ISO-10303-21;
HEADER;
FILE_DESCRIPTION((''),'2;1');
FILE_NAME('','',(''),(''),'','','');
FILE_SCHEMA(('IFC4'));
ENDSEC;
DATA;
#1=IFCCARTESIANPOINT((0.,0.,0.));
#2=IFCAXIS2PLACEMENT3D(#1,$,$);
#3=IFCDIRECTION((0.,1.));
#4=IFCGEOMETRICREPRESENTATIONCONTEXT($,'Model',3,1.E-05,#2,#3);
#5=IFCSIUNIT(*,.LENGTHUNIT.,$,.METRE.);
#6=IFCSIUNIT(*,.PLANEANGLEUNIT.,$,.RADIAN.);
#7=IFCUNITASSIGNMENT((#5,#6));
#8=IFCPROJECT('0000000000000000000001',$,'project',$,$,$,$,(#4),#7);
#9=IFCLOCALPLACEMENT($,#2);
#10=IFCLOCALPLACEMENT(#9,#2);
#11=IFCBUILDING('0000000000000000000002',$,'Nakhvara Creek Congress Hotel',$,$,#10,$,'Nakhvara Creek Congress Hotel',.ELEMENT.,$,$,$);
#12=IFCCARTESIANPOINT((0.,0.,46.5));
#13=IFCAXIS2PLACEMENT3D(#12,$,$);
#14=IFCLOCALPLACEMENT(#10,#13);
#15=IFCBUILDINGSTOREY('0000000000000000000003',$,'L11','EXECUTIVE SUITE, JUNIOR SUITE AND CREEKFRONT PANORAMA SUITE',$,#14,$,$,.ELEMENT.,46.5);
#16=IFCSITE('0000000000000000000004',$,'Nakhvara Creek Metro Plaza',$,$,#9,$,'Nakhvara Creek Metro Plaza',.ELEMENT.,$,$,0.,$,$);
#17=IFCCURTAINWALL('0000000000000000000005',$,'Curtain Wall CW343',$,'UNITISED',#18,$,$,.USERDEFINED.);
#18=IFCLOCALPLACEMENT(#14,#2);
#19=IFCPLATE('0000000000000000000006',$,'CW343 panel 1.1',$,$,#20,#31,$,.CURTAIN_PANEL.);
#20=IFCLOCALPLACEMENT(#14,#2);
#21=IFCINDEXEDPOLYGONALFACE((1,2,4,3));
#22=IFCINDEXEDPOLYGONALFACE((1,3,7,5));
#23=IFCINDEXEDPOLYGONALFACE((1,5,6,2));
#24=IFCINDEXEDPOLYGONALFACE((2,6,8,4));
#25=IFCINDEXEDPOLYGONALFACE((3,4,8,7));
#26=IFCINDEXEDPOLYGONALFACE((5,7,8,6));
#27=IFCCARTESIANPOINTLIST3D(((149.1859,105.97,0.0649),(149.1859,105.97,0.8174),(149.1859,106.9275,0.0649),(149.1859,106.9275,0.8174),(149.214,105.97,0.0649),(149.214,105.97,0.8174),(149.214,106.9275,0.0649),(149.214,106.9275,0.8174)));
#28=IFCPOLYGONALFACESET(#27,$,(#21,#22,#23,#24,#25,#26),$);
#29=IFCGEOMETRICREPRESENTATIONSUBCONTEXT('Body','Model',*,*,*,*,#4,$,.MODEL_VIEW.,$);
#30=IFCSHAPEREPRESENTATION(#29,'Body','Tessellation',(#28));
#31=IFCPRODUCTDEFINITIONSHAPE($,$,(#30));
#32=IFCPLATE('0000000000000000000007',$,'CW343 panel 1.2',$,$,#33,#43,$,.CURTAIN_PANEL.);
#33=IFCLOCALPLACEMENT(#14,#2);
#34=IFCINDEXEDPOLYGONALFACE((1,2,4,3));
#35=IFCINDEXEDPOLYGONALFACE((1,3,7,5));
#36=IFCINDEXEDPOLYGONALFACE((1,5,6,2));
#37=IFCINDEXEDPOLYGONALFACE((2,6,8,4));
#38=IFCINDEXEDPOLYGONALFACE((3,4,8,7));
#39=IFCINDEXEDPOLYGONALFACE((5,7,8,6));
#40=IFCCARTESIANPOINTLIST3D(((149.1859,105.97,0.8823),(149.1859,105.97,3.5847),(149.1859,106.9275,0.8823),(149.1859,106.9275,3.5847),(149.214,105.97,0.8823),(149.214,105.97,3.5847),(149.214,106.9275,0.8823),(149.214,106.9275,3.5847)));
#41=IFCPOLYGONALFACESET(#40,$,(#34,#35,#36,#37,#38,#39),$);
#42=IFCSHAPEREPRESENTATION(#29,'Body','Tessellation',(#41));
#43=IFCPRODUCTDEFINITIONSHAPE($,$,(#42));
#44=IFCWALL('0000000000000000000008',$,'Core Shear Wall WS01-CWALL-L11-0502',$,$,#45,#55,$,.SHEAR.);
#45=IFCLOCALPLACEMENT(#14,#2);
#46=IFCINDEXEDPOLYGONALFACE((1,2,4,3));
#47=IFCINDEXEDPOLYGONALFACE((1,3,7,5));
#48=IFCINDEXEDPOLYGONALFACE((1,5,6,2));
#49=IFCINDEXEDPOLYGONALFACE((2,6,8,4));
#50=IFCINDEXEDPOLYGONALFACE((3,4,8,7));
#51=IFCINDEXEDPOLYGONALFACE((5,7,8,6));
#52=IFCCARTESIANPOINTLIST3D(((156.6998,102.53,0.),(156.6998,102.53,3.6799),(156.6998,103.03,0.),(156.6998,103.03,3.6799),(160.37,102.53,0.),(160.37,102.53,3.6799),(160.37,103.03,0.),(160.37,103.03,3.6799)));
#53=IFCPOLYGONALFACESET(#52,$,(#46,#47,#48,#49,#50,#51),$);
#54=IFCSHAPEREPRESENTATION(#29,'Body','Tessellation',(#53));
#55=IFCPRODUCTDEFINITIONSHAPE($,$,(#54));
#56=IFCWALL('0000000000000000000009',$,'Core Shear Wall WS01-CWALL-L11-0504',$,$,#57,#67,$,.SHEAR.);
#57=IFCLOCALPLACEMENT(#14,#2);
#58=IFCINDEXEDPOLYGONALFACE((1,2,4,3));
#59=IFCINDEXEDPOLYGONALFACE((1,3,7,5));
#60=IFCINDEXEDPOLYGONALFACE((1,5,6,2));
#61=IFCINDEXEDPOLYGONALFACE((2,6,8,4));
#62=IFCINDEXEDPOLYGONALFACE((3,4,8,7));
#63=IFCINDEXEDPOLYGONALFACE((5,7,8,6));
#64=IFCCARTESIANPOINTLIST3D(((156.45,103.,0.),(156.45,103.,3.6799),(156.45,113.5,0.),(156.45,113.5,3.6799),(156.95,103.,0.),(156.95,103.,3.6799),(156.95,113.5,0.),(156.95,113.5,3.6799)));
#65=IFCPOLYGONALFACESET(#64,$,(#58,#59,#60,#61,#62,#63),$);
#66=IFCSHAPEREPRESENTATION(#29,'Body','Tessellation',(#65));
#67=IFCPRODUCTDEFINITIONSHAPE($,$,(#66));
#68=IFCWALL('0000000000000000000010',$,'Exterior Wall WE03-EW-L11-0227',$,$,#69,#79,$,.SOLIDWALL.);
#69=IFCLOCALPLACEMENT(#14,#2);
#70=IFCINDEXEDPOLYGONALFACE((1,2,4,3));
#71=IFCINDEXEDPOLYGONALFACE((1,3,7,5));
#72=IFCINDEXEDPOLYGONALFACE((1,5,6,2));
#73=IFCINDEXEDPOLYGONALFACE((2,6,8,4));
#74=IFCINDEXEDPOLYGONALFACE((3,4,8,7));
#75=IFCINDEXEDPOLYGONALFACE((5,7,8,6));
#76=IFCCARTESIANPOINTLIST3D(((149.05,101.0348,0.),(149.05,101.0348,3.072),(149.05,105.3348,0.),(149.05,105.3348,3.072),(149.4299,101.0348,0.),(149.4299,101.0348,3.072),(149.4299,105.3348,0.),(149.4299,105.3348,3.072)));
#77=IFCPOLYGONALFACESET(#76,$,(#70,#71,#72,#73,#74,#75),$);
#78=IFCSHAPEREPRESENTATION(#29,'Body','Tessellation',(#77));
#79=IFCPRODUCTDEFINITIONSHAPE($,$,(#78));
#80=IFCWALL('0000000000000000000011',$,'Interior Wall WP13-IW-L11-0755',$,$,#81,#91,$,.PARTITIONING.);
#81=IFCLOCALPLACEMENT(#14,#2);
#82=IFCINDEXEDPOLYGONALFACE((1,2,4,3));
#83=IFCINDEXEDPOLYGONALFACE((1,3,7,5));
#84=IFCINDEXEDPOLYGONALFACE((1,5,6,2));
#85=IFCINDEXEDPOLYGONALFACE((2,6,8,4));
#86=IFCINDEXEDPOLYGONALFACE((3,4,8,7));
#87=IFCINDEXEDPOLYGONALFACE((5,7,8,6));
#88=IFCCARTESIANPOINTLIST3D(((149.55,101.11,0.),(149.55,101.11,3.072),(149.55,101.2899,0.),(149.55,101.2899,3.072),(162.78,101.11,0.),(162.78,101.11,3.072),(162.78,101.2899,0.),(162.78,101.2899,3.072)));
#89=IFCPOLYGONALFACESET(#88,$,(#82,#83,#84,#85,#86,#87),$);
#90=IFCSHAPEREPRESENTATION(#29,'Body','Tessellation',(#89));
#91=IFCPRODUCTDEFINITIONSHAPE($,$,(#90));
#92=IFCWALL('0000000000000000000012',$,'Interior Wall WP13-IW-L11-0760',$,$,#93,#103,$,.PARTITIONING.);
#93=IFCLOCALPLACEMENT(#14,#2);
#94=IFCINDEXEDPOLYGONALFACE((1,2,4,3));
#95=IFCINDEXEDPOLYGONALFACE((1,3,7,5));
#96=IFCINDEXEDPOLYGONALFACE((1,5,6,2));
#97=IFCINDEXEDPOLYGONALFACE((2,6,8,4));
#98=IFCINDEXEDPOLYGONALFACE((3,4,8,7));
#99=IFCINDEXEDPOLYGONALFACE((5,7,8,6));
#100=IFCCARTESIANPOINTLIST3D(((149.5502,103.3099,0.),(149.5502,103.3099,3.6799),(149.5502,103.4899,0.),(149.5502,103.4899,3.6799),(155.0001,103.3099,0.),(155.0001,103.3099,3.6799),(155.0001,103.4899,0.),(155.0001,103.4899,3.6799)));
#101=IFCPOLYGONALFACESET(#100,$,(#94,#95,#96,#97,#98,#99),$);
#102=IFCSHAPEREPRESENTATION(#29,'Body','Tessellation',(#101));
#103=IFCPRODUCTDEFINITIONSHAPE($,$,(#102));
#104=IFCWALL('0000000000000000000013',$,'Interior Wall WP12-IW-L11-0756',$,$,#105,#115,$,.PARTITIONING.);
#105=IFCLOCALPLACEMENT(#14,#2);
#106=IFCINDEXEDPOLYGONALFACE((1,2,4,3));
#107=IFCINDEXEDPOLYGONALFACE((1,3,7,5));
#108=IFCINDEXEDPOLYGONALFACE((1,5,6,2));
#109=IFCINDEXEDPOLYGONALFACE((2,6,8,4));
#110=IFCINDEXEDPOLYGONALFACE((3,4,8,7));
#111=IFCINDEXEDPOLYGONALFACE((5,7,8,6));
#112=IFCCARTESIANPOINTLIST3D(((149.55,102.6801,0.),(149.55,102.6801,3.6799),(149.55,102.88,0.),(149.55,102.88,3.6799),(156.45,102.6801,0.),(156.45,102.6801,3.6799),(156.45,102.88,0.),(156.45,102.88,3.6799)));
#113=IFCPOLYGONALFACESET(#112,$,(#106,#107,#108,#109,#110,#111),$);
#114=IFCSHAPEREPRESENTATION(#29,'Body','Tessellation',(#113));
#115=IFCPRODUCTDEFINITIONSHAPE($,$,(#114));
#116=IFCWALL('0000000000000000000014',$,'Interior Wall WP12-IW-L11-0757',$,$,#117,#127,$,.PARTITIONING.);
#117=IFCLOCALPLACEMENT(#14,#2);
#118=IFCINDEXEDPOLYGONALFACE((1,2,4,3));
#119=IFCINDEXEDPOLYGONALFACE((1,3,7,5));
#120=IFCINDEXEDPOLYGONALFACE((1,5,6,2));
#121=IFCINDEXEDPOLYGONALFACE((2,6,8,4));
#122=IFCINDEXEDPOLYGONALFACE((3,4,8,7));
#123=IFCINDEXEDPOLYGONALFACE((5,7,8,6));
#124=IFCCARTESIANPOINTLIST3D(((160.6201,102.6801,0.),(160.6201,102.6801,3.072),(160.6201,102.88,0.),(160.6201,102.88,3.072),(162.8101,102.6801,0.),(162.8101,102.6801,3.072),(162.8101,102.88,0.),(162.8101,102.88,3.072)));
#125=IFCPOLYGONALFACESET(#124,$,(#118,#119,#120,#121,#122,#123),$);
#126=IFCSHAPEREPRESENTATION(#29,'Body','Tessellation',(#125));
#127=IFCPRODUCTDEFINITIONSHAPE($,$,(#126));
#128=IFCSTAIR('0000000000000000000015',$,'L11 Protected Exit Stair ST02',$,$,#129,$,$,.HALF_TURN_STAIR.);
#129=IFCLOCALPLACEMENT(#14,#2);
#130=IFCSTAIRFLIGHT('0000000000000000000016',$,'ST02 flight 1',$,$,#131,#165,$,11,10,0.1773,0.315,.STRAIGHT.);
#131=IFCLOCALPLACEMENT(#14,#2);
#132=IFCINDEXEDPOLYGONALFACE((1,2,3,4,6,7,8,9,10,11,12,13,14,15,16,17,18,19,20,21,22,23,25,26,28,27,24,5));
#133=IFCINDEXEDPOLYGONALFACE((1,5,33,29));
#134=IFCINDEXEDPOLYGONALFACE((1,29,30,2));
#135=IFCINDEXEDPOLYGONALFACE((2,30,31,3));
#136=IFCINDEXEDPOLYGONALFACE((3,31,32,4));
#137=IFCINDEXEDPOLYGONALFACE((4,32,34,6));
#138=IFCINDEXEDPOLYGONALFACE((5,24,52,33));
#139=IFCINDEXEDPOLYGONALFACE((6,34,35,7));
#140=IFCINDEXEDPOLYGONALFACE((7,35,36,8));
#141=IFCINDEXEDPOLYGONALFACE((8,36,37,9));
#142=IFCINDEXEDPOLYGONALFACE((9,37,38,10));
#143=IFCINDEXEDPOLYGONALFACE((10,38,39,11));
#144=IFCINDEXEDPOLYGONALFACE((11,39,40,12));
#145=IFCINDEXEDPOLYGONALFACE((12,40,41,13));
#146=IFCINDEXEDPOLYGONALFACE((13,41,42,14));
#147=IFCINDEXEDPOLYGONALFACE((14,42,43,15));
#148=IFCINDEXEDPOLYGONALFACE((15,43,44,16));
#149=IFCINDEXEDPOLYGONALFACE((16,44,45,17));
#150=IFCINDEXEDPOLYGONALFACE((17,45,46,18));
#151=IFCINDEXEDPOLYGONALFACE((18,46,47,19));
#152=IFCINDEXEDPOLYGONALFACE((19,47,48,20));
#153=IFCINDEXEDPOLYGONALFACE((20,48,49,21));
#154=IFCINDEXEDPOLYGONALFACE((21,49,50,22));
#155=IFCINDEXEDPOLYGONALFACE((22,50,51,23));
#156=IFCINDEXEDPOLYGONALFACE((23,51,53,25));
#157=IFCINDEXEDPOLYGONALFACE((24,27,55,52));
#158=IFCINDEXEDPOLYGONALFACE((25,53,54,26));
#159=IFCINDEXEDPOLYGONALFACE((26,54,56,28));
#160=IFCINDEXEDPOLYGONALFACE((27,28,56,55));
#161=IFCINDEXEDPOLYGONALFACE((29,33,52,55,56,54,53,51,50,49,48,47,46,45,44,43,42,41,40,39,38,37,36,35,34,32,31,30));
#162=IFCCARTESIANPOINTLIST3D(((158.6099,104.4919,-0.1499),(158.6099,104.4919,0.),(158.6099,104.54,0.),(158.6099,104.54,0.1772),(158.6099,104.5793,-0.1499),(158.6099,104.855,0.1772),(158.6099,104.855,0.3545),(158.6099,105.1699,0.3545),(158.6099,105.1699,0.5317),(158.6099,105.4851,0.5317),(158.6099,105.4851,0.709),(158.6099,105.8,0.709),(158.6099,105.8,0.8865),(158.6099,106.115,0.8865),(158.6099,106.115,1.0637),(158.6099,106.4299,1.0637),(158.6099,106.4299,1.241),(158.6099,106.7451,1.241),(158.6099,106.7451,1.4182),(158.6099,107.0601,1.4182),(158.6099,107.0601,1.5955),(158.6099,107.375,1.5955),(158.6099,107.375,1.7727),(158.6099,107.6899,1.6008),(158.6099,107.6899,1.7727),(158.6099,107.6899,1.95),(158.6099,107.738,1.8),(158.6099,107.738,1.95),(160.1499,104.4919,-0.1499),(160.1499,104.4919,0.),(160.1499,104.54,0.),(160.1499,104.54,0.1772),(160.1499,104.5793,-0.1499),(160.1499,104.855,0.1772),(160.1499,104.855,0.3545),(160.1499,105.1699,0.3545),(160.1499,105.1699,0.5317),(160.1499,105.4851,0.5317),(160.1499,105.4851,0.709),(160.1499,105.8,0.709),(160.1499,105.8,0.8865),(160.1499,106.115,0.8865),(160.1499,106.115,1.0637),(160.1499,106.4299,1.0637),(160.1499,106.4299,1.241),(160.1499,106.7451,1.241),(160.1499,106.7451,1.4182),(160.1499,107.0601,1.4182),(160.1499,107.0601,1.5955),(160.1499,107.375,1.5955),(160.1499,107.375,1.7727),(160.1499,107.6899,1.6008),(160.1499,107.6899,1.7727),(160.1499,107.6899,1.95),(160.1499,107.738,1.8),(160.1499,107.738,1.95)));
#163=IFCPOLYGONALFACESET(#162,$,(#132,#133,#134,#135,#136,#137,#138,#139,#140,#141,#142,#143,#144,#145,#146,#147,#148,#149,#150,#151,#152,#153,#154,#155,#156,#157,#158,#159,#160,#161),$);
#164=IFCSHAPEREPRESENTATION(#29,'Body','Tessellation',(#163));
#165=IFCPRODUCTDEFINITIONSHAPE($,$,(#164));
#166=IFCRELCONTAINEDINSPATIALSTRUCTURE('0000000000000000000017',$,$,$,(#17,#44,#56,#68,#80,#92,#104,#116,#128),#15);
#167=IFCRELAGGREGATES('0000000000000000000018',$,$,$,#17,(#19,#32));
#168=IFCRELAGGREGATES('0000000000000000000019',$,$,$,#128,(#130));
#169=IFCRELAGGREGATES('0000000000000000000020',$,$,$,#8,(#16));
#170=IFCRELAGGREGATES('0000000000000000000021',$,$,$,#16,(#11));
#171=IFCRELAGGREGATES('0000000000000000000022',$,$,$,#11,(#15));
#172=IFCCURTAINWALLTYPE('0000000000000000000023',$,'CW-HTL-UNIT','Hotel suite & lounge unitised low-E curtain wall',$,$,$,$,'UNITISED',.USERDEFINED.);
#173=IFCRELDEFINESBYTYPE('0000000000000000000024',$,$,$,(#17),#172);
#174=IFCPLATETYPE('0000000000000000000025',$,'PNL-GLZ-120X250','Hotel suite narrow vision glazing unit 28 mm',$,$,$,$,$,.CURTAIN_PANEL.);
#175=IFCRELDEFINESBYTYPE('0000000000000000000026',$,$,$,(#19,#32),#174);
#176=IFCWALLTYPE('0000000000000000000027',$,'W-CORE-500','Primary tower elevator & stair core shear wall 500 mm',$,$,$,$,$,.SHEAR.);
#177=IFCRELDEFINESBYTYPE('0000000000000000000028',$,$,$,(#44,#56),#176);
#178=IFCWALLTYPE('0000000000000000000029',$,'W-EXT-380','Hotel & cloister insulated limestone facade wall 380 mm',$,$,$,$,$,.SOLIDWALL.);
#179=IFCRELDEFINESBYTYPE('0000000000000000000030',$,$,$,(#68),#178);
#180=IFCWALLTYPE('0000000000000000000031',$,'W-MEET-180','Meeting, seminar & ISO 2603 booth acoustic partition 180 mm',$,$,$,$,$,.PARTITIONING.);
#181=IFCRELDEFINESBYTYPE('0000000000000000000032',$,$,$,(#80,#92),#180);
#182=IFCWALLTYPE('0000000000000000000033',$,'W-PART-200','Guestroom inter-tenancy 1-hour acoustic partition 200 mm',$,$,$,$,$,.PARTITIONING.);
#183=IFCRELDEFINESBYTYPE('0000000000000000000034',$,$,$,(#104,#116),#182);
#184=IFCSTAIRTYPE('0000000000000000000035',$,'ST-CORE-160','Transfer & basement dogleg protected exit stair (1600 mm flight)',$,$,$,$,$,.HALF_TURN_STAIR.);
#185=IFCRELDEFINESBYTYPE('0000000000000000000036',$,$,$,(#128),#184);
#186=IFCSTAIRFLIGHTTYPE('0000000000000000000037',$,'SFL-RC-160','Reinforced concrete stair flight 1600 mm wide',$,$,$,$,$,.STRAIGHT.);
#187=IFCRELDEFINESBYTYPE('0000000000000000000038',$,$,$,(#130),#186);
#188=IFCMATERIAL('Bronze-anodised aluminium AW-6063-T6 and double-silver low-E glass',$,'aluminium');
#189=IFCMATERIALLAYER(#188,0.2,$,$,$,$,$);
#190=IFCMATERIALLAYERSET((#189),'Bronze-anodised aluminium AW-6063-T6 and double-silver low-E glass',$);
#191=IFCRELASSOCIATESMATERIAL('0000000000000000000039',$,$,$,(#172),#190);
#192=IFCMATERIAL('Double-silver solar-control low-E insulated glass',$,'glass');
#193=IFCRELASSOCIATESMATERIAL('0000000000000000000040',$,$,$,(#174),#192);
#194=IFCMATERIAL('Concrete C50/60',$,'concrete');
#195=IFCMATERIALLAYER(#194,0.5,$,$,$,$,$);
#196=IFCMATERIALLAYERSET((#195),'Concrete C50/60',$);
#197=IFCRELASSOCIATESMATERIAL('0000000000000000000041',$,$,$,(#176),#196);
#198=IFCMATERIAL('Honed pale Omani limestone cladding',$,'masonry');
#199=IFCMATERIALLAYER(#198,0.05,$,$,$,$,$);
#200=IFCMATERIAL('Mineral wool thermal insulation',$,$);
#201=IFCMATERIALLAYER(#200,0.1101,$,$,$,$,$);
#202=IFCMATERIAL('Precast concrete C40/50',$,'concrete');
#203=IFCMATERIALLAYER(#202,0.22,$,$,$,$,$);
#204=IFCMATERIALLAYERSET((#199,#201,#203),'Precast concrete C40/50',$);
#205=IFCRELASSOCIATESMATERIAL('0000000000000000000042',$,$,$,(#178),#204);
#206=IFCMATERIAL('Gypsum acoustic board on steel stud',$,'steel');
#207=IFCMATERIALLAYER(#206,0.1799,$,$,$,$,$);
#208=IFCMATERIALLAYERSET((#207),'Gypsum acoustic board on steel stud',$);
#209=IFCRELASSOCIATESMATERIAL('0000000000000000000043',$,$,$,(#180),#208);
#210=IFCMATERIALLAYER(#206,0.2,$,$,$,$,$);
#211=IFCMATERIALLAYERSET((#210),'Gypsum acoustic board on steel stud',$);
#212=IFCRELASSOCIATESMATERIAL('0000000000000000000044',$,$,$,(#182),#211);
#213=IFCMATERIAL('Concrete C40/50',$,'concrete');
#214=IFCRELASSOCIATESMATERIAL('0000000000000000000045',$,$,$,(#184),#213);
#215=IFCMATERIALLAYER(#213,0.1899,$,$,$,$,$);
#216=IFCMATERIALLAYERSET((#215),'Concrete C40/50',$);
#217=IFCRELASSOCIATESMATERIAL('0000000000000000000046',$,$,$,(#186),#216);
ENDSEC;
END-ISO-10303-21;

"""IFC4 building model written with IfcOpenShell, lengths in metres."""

from ifc_helpers import new_model, si_unit, direction, frame, frame_2d, origin, origin_2d, place, context, subcontext, project, spatial, polyline, rectangle, outline, extrude, material, layer, layer_set, type_object, element, aggregate, save


model = new_model("IFC4")

# Units and contexts
model_context = context("Model", 3, precision=1e-05, world=origin(), true_north=direction((0.0, 1.0)))
body_context = subcontext(model_context, "Body", "Model", "MODEL_VIEW")
ifc_project = project(units=[si_unit("LENGTHUNIT", "METRE"), si_unit("PLANEANGLEUNIT", "RADIAN")], contexts=[model_context])

# Site, building, storey
site_placement = place(None, origin())
site = spatial("IfcSite", under=ifc_project, at=site_placement, Name="Nakhvara Creek Metro Plaza", LongName="Nakhvara Creek Metro Plaza", CompositionType="ELEMENT", RefElevation=0.0)
building_placement = place(site_placement, origin())
building = spatial("IfcBuilding", under=site, at=building_placement, Name="Nakhvara Creek Congress Hotel", LongName="Nakhvara Creek Congress Hotel", CompositionType="ELEMENT")
storey_placement = place(building_placement, frame((0.0, 0.0, 46.5)))
storey = spatial("IfcBuildingStorey", under=building, at=storey_placement, Name="L11", Description="EXECUTIVE SUITE, JUNIOR SUITE AND CREEKFRONT PANORAMA SUITE", CompositionType="ELEMENT", Elevation=46.5)

# Shared definitions
ifc_material_1 = material(Name="Concrete C50/60", Category="concrete")

# Shared definitions
ifc_material_2 = material(Name="Concrete C40/50", Category="concrete")

# Curtain wall
ifc_material_3 = material(Name="Bronze-anodised aluminium AW-6063-T6 and double-silver low-E glass", Category="aluminium")
ifc_layer_1 = layer(ifc_material_3, 0.2)
ifc_layer_set_1 = layer_set([ifc_layer_1], Name="Bronze-anodised aluminium AW-6063-T6 and double-silver low-E glass")
curtain_wall_type = type_object("IfcCurtainWallType", Name="CW-HTL-UNIT", Description="Hotel suite & lounge unitised low-E curtain wall", ElementType="UNITISED", PredefinedType="USERDEFINED", material=ifc_layer_set_1)
curtain_wall_1_placement = place(storey_placement, origin())
curtain_wall_1 = element("IfcCurtainWall", 1, at=curtain_wall_1_placement, inside=storey, type_object=curtain_wall_type, Name="Curtain Wall CW343", ObjectType="UNITISED", PredefinedType="USERDEFINED")

# Plates
ifc_material_4 = material(Name="Double-silver solar-control low-E insulated glass", Category="glass")
plate_type = type_object("IfcPlateType", Name="PNL-GLZ-120X250", Description="Hotel suite narrow vision glazing unit 28 mm", PredefinedType="CURTAIN_PANEL", material=ifc_material_4)
plate_1_placement = place(storey_placement, frame((149.2, 106.4487, 0.0649), z_axis=(0.0, 0.0, 1.0), x_axis=(0.0, 1.0, 0.0)))
plate_1 = element("IfcPlate", 2, at=plate_1_placement, type_object=plate_type, Name="CW343 panel 1.1", PredefinedType="CURTAIN_PANEL", context=body_context, shape_type="SweptSolid", body=[
    extrude(rectangle(XDim=0.9575, YDim=0.0281, at=origin_2d()), origin(), (0.0, 0.0, 1.0), 0.7524),
])
plate_2_placement = place(storey_placement, frame((149.2, 106.4487, 0.8823), z_axis=(0.0, 0.0, 1.0), x_axis=(0.0, 1.0, 0.0)))
plate_2 = element("IfcPlate", 3, at=plate_2_placement, type_object=plate_type, Name="CW343 panel 1.2", PredefinedType="CURTAIN_PANEL", context=body_context, shape_type="SweptSolid", body=[
    extrude(rectangle(XDim=0.9575, YDim=0.0281, at=origin_2d()), origin(), (0.0, 0.0, 1.0), 2.7024),
])
aggregate(curtain_wall_1, [plate_1, plate_2])

# Walls
ifc_layer_2 = layer(ifc_material_1, 0.5)
ifc_layer_set_2 = layer_set([ifc_layer_2], Name="Concrete C50/60")
wall_type_1 = type_object("IfcWallType", Name="W-CORE-500", Description="Primary tower elevator & stair core shear wall 500 mm", PredefinedType="SHEAR", material=ifc_layer_set_2)
wall_1_placement = place(storey_placement, frame((156.7, 102.78, 0.0), z_axis=(0.0, 0.0, 1.0), x_axis=(1.0, 0.0, 0.0)))
element("IfcWall", 4, at=wall_1_placement, inside=storey, type_object=wall_type_1, Name="Core Shear Wall WS01-CWALL-L11-0502", PredefinedType="SHEAR", context=body_context, shape_type="SweptSolid", body=[
    extrude(rectangle(XDim=3.6702, YDim=0.5, at=frame_2d((1.835, 0.0))), origin(), (0.0, 0.0, 1.0), 3.6799),
])
wall_2_placement = place(storey_placement, frame((156.7, 103.0, 0.0), z_axis=(0.0, 0.0, 1.0), x_axis=(0.0, 1.0, 0.0)))
element("IfcWall", 5, at=wall_2_placement, inside=storey, type_object=wall_type_1, Name="Core Shear Wall WS01-CWALL-L11-0504", PredefinedType="SHEAR", context=body_context, shape_type="SweptSolid", body=[
    extrude(rectangle(XDim=10.5, YDim=0.5, at=frame_2d((5.25, 0.0))), origin(), (0.0, 0.0, 1.0), 3.6799),
])

# Walls
ifc_material_5 = material(Name="Honed pale Omani limestone cladding", Category="masonry")
ifc_layer_3 = layer(ifc_material_5, 0.05)
ifc_material_6 = material(Name="Mineral wool thermal insulation")
ifc_layer_4 = layer(ifc_material_6, 0.1101)
ifc_material_7 = material(Name="Precast concrete C40/50", Category="concrete")
ifc_layer_5 = layer(ifc_material_7, 0.22)
ifc_layer_set_3 = layer_set([ifc_layer_3, ifc_layer_4, ifc_layer_5], Name="Precast concrete C40/50")
wall_type_2 = type_object("IfcWallType", Name="W-EXT-380", Description="Hotel & cloister insulated limestone facade wall 380 mm", PredefinedType="SOLIDWALL", material=ifc_layer_set_3)
wall_3_placement = place(storey_placement, frame((149.24, 101.0349, 0.0), z_axis=(0.0, 0.0, 1.0), x_axis=(0.0, 1.0, 0.0)))
element("IfcWall", 6, at=wall_3_placement, inside=storey, type_object=wall_type_2, Name="Exterior Wall WE03-EW-L11-0227", PredefinedType="SOLIDWALL", context=body_context, shape_type="SweptSolid", body=[
    extrude(rectangle(XDim=4.3, YDim=0.3799, at=frame_2d((2.1499, 0.0))), origin(), (0.0, 0.0, 1.0), 3.072),
])
ifc_material_8 = material(Name="Gypsum acoustic board on steel stud", Category="steel")
ifc_layer_6 = layer(ifc_material_8, 0.1799)
ifc_layer_set_4 = layer_set([ifc_layer_6], Name="Gypsum acoustic board on steel stud")
wall_type_3 = type_object("IfcWallType", Name="W-MEET-180", Description="Meeting, seminar & ISO 2603 booth acoustic partition 180 mm", PredefinedType="PARTITIONING", material=ifc_layer_set_4)
wall_4_placement = place(storey_placement, frame((149.55, 101.2, 0.0), z_axis=(0.0, 0.0, 1.0), x_axis=(1.0, 0.0, 0.0)))
element("IfcWall", 7, at=wall_4_placement, inside=storey, type_object=wall_type_3, Name="Interior Wall WP13-IW-L11-0755", PredefinedType="PARTITIONING", context=body_context, shape_type="SweptSolid", body=[
    extrude(rectangle(XDim=13.23, YDim=0.1799, at=frame_2d((6.615, 0.0))), origin(), (0.0, 0.0, 1.0), 3.072),
])
wall_5_placement = place(storey_placement, frame((149.55, 103.3999, 0.0), z_axis=(0.0, 0.0, 1.0), x_axis=(1.0, 0.0, 0.0)))
element("IfcWall", 8, at=wall_5_placement, inside=storey, type_object=wall_type_3, Name="Interior Wall WP13-IW-L11-0760", PredefinedType="PARTITIONING", context=body_context, shape_type="SweptSolid", body=[
    extrude(rectangle(XDim=5.45, YDim=0.1799, at=frame_2d((2.7251, 0.0))), origin(), (0.0, 0.0, 1.0), 3.6799),
])
ifc_layer_7 = layer(ifc_material_8, 0.2)
ifc_layer_set_5 = layer_set([ifc_layer_7], Name="Gypsum acoustic board on steel stud")
wall_type_4 = type_object("IfcWallType", Name="W-PART-200", Description="Guestroom inter-tenancy 1-hour acoustic partition 200 mm", PredefinedType="PARTITIONING", material=ifc_layer_set_5)
wall_6_placement = place(storey_placement, frame((149.55, 102.78, 0.0), z_axis=(0.0, 0.0, 1.0), x_axis=(1.0, 0.0, 0.0)))
element("IfcWall", 9, at=wall_6_placement, inside=storey, type_object=wall_type_4, Name="Interior Wall WP12-IW-L11-0756", PredefinedType="PARTITIONING", context=body_context, shape_type="SweptSolid", body=[
    extrude(rectangle(XDim=6.8999, YDim=0.2, at=frame_2d((3.45, 0.0))), origin(), (0.0, 0.0, 1.0), 3.6799),
])
wall_7_placement = place(storey_placement, frame((160.6201, 102.78, 0.0), z_axis=(0.0, 0.0, 1.0), x_axis=(1.0, 0.0, 0.0)))
element("IfcWall", 10, at=wall_7_placement, inside=storey, type_object=wall_type_4, Name="Interior Wall WP12-IW-L11-0757", PredefinedType="PARTITIONING", context=body_context, shape_type="SweptSolid", body=[
    extrude(rectangle(XDim=2.1899, YDim=0.2, at=frame_2d((1.095, 0.0))), origin(), (0.0, 0.0, 1.0), 3.072),
])

# Stair, stair flight
stair_type = type_object("IfcStairType", Name="ST-CORE-160", Description="Transfer & basement dogleg protected exit stair (1600 mm flight)", PredefinedType="HALF_TURN_STAIR", material=ifc_material_2)
stair_placement = place(storey_placement, origin())
stair = element("IfcStair", 11, at=stair_placement, inside=storey, type_object=stair_type, Name="L11 Protected Exit Stair ST02", PredefinedType="HALF_TURN_STAIR")
ifc_layer_8 = layer(ifc_material_2, 0.1899)
ifc_layer_set_6 = layer_set([ifc_layer_8], Name="Concrete C40/50")
stair_flight_type = type_object("IfcStairFlightType", Name="SFL-RC-160", Description="Reinforced concrete stair flight 1600 mm wide", PredefinedType="STRAIGHT", material=ifc_layer_set_6)
stair_flight_placement = place(storey_placement, frame((159.3799, 104.54, 0.0), z_axis=(0.0, 0.0, 1.0), x_axis=(0.0, 1.0, 0.0)))
stair_flight = element("IfcStairFlight", 12, at=stair_flight_placement, type_object=stair_flight_type, Name="ST02 flight 1", NumberOfRisers=11, NumberOfTreads=10, PredefinedType="STRAIGHT", RiserHeight=0.1773, TreadLength=0.315, context=body_context, shape_type="SweptSolid", body=[
    extrude(outline(polyline([(-0.0481, 0.0), (0.0, 0.0), (0.0, 0.1772), (0.3149, 0.1772), (0.3149, 0.3545), (0.6299, 0.3545), (0.6299, 0.5317), (0.9451, 0.5317), (0.9451, 0.709), (1.26, 0.709), (1.26, 0.8865), (1.575, 0.8865), (1.575, 1.0637), (1.8899, 1.0637), (1.8899, 1.241), (2.2051, 1.241), (2.2051, 1.4182), (2.52, 1.4182), (2.52, 1.5955), (2.835, 1.5955), (2.835, 1.7727), (3.1499, 1.7727), (3.1499, 1.95), (3.198, 1.95), (3.198, 1.8), (3.1499, 1.6008), (0.0393, -0.1499), (-0.0481, -0.1499), (-0.0481, 0.0)])), frame((0.0, 0.77, 0.0), z_axis=(0.0, -1.0, 0.0), x_axis=(1.0, 0.0, 0.0)), (0.0, 0.0, 1.0), 1.54),
])
aggregate(stair, [stair_flight])

save(model, "model.ifc")
